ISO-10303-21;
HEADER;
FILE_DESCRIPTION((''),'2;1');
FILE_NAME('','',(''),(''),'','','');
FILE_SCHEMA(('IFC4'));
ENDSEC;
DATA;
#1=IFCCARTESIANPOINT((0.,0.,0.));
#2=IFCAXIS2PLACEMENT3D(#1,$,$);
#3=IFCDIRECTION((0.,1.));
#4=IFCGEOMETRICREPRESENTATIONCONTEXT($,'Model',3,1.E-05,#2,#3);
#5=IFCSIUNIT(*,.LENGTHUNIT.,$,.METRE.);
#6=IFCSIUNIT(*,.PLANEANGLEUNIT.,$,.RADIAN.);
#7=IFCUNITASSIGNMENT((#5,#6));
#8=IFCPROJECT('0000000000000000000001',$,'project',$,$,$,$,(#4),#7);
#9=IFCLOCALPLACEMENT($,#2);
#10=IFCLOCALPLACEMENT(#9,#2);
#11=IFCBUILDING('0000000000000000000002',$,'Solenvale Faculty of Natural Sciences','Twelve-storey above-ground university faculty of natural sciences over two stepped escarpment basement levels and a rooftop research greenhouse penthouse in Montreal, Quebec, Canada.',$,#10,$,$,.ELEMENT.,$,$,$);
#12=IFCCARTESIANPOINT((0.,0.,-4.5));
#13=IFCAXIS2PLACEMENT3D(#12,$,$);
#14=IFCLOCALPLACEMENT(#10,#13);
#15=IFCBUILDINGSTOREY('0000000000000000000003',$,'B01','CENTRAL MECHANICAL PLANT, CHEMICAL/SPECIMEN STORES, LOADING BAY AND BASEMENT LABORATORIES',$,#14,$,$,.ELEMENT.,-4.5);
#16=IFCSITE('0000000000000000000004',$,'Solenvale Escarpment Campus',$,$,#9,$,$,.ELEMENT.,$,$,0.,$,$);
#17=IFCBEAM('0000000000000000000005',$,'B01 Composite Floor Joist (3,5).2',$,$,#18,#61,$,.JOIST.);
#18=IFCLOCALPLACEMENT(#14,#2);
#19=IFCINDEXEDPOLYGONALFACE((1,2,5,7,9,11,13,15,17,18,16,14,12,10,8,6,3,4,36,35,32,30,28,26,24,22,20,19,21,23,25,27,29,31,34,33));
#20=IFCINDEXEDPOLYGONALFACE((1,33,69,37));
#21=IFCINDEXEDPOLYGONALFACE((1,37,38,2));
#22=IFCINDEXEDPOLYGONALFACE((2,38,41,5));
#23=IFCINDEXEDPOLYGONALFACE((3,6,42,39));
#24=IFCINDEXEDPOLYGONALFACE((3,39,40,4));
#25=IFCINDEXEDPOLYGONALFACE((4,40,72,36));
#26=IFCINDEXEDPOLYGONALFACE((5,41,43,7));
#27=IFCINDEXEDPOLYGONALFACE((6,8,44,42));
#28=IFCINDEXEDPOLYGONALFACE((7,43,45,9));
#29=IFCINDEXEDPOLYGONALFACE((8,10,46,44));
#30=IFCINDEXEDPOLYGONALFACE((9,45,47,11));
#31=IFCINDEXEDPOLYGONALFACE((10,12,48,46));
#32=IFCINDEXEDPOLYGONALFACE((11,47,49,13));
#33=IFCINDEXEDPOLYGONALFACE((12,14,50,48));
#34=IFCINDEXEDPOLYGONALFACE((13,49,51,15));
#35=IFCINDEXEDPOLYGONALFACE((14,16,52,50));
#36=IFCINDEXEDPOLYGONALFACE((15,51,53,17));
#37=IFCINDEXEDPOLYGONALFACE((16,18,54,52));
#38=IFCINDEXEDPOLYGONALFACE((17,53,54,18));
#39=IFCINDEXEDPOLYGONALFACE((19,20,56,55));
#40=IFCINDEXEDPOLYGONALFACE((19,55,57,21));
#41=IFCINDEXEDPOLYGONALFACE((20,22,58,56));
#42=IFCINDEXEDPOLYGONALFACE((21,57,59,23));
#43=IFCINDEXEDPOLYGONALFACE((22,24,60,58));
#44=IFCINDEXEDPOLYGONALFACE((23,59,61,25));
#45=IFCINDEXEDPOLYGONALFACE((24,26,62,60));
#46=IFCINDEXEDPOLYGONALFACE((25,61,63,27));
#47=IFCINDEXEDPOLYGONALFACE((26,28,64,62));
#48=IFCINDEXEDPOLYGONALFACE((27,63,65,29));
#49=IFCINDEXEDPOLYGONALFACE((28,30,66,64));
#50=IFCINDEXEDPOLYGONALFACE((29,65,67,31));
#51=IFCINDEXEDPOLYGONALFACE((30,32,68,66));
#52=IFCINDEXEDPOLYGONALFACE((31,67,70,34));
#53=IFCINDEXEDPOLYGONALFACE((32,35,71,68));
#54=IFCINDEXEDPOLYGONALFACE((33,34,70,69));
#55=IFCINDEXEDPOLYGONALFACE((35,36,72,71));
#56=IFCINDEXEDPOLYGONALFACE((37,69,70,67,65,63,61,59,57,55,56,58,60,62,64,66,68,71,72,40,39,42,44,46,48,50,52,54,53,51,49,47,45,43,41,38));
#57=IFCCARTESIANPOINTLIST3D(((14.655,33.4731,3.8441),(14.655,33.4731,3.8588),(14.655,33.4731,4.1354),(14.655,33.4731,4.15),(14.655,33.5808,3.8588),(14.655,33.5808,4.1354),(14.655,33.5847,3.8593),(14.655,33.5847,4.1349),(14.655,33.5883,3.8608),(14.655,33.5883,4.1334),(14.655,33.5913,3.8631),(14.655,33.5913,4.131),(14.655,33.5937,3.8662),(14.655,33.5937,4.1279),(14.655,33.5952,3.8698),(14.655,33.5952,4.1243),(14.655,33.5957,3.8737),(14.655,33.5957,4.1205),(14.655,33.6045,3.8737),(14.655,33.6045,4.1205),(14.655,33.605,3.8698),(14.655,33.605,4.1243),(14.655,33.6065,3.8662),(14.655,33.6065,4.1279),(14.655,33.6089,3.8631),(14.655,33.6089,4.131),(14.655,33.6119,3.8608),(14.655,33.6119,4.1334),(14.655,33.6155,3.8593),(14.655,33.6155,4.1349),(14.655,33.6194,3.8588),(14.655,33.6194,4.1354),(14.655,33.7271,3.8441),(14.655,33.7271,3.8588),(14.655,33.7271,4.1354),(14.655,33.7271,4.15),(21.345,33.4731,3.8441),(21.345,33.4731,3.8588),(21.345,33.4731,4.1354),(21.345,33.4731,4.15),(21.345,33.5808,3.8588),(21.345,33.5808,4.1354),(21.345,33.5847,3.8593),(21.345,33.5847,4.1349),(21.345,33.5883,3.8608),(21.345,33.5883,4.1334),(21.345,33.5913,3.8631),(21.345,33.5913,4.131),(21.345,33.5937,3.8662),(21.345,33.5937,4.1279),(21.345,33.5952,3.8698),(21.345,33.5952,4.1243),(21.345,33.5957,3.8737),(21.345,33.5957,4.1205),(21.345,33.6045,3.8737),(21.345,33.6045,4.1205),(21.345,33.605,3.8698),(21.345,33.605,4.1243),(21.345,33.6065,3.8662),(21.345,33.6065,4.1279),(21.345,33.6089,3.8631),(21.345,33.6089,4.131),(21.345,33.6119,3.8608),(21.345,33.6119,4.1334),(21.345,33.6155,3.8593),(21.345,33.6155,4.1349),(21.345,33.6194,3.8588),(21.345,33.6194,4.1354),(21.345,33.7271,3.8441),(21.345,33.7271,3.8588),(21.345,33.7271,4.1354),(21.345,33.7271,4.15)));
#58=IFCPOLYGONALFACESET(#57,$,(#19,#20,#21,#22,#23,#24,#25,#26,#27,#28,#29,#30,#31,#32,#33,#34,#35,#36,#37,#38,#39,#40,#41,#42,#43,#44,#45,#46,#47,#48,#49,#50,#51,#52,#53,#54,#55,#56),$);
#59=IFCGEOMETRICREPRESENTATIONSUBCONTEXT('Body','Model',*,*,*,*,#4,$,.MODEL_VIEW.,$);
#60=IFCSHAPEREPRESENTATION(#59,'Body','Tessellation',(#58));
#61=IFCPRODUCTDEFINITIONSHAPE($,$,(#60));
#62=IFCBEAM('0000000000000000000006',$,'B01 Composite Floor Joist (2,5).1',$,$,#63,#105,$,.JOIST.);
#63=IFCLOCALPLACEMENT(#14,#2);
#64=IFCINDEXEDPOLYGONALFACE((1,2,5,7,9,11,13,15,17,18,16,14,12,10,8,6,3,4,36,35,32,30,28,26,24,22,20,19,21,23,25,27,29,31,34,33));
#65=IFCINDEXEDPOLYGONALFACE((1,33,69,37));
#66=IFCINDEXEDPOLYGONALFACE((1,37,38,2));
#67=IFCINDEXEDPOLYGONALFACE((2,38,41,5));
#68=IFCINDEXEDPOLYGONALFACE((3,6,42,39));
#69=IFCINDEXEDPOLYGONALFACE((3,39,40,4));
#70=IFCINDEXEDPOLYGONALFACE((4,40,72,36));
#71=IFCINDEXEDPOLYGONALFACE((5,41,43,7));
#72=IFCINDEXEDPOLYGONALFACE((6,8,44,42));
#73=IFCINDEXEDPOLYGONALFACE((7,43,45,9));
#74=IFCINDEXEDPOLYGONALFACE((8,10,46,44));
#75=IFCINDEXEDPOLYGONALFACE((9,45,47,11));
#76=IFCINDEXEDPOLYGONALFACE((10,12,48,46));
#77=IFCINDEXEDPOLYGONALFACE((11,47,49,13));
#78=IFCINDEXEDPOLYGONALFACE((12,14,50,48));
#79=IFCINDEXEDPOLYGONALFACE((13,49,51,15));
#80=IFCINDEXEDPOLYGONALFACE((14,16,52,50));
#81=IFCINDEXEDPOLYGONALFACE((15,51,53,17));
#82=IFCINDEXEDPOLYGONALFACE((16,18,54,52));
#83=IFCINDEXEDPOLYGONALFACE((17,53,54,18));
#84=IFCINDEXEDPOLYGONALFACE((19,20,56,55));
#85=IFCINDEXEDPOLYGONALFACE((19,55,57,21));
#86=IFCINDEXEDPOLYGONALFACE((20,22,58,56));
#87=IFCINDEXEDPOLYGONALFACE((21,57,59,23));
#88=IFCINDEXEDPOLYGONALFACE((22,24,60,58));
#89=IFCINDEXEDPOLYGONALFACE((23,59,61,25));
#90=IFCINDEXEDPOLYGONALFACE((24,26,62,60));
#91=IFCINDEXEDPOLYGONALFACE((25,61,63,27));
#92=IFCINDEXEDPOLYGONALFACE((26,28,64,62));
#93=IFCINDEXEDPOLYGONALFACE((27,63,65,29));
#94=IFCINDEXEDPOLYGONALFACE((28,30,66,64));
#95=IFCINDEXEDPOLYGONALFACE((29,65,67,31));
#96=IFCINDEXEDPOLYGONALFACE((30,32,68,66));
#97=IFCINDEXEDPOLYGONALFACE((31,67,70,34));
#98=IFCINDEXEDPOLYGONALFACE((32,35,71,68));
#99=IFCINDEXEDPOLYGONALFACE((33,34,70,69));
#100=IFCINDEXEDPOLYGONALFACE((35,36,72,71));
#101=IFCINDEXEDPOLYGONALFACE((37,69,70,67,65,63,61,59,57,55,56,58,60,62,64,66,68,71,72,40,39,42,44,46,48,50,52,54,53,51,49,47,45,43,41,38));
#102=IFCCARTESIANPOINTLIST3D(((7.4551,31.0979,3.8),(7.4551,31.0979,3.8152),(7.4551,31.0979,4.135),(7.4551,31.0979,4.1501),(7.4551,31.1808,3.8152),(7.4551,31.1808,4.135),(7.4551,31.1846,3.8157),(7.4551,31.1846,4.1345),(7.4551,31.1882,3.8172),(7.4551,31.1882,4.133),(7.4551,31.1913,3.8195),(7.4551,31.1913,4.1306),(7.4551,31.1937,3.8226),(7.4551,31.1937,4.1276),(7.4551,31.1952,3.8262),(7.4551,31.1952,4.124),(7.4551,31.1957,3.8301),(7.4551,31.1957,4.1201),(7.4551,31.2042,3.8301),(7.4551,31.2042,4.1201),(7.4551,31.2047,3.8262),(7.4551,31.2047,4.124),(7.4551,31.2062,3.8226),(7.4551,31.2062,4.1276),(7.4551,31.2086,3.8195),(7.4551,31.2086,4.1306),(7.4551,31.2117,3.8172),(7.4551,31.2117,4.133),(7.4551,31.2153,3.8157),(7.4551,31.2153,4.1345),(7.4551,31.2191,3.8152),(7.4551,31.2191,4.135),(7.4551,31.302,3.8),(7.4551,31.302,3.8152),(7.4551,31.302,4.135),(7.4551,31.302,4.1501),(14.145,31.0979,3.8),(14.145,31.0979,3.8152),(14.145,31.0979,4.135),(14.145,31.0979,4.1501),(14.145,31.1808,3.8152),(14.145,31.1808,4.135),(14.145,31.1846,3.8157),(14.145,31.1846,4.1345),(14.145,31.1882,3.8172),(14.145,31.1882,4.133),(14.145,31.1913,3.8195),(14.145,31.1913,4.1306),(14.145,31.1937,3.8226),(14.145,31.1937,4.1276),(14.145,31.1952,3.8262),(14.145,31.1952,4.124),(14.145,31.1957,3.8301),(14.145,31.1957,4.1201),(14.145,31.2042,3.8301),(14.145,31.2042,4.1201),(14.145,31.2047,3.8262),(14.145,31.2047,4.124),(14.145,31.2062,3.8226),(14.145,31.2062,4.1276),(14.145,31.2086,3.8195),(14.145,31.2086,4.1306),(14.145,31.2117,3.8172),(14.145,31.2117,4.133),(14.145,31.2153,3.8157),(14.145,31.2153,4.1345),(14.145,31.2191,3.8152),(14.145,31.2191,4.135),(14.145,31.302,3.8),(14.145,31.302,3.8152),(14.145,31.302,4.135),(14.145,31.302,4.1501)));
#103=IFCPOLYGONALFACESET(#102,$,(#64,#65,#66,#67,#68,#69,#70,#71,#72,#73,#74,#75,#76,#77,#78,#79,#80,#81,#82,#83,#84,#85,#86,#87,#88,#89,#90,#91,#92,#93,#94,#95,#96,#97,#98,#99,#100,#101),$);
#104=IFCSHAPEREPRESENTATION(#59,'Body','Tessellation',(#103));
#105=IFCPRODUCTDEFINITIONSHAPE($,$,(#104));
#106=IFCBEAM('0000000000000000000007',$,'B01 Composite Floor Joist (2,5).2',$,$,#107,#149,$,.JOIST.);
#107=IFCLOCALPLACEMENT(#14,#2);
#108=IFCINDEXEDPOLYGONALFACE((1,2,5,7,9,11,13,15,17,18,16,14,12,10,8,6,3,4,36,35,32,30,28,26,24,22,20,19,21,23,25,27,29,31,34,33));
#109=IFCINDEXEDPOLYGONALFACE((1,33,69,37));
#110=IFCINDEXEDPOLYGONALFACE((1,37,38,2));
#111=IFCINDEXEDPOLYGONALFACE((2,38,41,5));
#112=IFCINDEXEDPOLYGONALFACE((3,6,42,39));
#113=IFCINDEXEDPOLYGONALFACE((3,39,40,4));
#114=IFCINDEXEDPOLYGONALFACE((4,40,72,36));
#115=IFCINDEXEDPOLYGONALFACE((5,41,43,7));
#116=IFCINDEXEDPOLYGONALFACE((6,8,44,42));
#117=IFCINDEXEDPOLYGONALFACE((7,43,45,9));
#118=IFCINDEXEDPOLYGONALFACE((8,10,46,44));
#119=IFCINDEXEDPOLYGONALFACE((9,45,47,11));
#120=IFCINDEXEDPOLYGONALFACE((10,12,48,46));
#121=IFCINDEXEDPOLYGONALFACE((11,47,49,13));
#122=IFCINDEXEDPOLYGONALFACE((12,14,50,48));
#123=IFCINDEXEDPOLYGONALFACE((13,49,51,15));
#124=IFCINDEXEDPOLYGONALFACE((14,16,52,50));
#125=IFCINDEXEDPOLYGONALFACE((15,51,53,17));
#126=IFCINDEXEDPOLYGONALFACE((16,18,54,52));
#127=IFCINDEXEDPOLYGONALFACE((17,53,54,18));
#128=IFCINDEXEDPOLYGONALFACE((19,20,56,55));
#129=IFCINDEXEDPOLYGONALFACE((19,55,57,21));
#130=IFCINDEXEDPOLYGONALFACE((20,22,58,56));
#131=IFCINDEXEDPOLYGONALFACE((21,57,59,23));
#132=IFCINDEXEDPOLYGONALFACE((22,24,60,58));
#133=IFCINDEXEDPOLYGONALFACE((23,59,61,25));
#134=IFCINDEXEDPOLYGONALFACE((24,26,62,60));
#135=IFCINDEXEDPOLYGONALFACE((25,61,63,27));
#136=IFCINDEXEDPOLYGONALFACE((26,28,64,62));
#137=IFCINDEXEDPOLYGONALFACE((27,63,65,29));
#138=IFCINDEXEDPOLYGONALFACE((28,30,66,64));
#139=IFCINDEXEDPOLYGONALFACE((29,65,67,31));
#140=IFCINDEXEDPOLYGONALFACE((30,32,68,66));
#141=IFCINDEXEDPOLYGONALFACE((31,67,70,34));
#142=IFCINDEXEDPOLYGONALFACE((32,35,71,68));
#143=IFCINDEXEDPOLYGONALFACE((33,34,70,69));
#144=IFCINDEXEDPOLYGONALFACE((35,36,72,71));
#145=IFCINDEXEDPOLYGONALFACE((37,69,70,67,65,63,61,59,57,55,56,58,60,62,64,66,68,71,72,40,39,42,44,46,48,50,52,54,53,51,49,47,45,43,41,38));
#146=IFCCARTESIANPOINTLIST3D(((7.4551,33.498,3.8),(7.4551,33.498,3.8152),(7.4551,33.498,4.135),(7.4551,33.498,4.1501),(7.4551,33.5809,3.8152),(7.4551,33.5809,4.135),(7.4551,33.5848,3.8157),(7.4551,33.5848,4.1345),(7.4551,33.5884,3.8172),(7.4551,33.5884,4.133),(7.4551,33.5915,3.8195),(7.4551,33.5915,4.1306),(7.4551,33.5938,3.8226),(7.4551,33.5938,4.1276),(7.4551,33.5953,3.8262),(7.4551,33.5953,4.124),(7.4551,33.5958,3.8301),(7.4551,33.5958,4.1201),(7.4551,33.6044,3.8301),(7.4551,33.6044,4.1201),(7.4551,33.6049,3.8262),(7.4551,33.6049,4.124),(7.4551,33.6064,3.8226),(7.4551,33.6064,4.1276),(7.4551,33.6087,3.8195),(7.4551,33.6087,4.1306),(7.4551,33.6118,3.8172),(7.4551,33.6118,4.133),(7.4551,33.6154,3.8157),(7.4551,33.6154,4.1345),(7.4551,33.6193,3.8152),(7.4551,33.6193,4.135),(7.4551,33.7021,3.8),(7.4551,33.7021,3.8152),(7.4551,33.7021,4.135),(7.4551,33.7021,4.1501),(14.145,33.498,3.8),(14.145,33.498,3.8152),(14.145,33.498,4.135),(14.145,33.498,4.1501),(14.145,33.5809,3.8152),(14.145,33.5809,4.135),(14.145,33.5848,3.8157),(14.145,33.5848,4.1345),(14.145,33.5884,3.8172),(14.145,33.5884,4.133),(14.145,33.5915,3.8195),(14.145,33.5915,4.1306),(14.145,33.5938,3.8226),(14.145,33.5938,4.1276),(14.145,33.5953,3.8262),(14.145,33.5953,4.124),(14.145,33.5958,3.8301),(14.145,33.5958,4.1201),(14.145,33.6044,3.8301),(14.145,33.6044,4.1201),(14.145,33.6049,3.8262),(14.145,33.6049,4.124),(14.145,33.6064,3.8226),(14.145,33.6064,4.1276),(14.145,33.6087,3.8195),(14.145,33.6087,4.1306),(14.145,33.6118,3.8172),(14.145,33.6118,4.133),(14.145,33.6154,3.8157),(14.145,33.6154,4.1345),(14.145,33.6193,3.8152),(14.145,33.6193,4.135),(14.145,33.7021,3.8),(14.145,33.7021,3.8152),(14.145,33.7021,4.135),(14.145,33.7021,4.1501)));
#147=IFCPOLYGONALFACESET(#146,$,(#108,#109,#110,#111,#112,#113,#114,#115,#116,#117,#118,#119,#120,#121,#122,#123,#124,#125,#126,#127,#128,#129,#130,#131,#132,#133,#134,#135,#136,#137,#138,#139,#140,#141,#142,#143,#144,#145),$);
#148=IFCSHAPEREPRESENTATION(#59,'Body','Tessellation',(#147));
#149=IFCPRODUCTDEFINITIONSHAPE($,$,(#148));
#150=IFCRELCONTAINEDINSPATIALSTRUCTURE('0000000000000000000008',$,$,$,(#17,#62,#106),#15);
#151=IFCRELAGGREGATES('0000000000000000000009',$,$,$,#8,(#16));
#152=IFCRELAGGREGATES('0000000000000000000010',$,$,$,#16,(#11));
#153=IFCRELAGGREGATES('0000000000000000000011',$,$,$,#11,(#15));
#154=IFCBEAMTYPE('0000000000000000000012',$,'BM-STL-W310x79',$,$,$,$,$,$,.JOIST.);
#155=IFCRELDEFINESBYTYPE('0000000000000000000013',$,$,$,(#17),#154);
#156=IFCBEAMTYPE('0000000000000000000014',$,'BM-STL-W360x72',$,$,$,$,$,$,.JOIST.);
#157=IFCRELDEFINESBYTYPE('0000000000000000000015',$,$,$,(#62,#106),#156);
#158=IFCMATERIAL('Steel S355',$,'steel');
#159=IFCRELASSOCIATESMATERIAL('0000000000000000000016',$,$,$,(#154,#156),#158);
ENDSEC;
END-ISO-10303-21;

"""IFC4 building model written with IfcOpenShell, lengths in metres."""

from ifc_helpers import new_model, si_unit, direction, frame, origin, origin_2d, place, context, subcontext, project, spatial, i_section, extrude, material, material_profile, profile_set, type_object, element, save


model = new_model("IFC4")

# Units and contexts
model_context = context("Model", 3, precision=1e-05, world=origin(), true_north=direction((0.0, 1.0)))
body_context = subcontext(model_context, "Body", "Model", "MODEL_VIEW")
ifc_project = project(units=[si_unit("LENGTHUNIT", "METRE"), si_unit("PLANEANGLEUNIT", "RADIAN")], contexts=[model_context])

# Site, building, storey
site_placement = place(None, origin())
site = spatial("IfcSite", under=ifc_project, at=site_placement, Name="Solenvale Escarpment Campus", CompositionType="ELEMENT", RefElevation=0.0)
building_placement = place(site_placement, origin())
building = spatial("IfcBuilding", under=site, at=building_placement, Name="Solenvale Faculty of Natural Sciences", Description="Twelve-storey above-ground university faculty of natural sciences over two stepped escarpment basement levels and a rooftop research greenhouse penthouse in Montreal, Quebec, Canada.", CompositionType="ELEMENT")
storey_placement = place(building_placement, frame((0.0, 0.0, -4.5)))
storey = spatial("IfcBuildingStorey", under=building, at=storey_placement, Name="B01", Description="CENTRAL MECHANICAL PLANT, CHEMICAL/SPECIMEN STORES, LOADING BAY AND BASEMENT LABORATORIES", CompositionType="ELEMENT", Elevation=-4.5)

# Beams
ifc_material_1 = material(Name="Steel S355", Category="steel")
ifc_material_profile_1 = material_profile(ifc_material_1, i_section(OverallWidth=0.2539, OverallDepth=0.3059, WebThickness=0.0088, FlangeThickness=0.0146, FilletRadius=0.0149, at=origin_2d()), Name="W310x79")
ifc_profile_set_1 = profile_set([ifc_material_profile_1], Name="Steel S355")
beam_type_1 = type_object("IfcBeamType", Name="BM-STL-W310x79", PredefinedType="JOIST", material=ifc_profile_set_1)
for number, where, z_axis, x_axis, name in (
    (1, (14.655, 33.6001, 3.9971), (1.0, 0.0, 0.0), (0.0, 1.0, 0.0), "B01 Composite Floor Joist (3,5).2"),
):
    element("IfcBeam", number, at=place(storey_placement, frame(where, z_axis=z_axis, x_axis=x_axis)), inside=storey, type_object=beam_type_1, Name=name, PredefinedType="JOIST", context=body_context, shape_type="SweptSolid", body=[
        extrude(i_section(OverallWidth=0.2539, OverallDepth=0.3059, WebThickness=0.0088, FlangeThickness=0.0146, FilletRadius=0.0149, at=origin_2d()), origin(), (0.0, 0.0, 1.0), 6.6899),
    ])
ifc_material_profile_2 = material_profile(ifc_material_1, i_section(OverallWidth=0.2041, OverallDepth=0.3501, WebThickness=0.0085, FlangeThickness=0.0151, FilletRadius=0.0149, at=origin_2d()), Name="W360x72")
ifc_profile_set_2 = profile_set([ifc_material_profile_2], Name="Steel S355")
beam_type_2 = type_object("IfcBeamType", Name="BM-STL-W360x72", PredefinedType="JOIST", material=ifc_profile_set_2)
for number, where, z_axis, x_axis, name in (
    (2, (7.4551, 31.2, 3.9751), (1.0, 0.0, 0.0), (0.0, 1.0, 0.0), "B01 Composite Floor Joist (2,5).1"),
    (3, (7.4551, 33.6001, 3.9751), (1.0, 0.0, 0.0), (0.0, 1.0, 0.0), "B01 Composite Floor Joist (2,5).2"),
):
    element("IfcBeam", number, at=place(storey_placement, frame(where, z_axis=z_axis, x_axis=x_axis)), inside=storey, type_object=beam_type_2, Name=name, PredefinedType="JOIST", context=body_context, shape_type="SweptSolid", body=[
        extrude(i_section(OverallWidth=0.2041, OverallDepth=0.3501, WebThickness=0.0085, FlangeThickness=0.0151, FilletRadius=0.0149, at=origin_2d()), origin(), (0.0, 0.0, 1.0), 6.6899),
    ])

save(model, "model.ifc")
